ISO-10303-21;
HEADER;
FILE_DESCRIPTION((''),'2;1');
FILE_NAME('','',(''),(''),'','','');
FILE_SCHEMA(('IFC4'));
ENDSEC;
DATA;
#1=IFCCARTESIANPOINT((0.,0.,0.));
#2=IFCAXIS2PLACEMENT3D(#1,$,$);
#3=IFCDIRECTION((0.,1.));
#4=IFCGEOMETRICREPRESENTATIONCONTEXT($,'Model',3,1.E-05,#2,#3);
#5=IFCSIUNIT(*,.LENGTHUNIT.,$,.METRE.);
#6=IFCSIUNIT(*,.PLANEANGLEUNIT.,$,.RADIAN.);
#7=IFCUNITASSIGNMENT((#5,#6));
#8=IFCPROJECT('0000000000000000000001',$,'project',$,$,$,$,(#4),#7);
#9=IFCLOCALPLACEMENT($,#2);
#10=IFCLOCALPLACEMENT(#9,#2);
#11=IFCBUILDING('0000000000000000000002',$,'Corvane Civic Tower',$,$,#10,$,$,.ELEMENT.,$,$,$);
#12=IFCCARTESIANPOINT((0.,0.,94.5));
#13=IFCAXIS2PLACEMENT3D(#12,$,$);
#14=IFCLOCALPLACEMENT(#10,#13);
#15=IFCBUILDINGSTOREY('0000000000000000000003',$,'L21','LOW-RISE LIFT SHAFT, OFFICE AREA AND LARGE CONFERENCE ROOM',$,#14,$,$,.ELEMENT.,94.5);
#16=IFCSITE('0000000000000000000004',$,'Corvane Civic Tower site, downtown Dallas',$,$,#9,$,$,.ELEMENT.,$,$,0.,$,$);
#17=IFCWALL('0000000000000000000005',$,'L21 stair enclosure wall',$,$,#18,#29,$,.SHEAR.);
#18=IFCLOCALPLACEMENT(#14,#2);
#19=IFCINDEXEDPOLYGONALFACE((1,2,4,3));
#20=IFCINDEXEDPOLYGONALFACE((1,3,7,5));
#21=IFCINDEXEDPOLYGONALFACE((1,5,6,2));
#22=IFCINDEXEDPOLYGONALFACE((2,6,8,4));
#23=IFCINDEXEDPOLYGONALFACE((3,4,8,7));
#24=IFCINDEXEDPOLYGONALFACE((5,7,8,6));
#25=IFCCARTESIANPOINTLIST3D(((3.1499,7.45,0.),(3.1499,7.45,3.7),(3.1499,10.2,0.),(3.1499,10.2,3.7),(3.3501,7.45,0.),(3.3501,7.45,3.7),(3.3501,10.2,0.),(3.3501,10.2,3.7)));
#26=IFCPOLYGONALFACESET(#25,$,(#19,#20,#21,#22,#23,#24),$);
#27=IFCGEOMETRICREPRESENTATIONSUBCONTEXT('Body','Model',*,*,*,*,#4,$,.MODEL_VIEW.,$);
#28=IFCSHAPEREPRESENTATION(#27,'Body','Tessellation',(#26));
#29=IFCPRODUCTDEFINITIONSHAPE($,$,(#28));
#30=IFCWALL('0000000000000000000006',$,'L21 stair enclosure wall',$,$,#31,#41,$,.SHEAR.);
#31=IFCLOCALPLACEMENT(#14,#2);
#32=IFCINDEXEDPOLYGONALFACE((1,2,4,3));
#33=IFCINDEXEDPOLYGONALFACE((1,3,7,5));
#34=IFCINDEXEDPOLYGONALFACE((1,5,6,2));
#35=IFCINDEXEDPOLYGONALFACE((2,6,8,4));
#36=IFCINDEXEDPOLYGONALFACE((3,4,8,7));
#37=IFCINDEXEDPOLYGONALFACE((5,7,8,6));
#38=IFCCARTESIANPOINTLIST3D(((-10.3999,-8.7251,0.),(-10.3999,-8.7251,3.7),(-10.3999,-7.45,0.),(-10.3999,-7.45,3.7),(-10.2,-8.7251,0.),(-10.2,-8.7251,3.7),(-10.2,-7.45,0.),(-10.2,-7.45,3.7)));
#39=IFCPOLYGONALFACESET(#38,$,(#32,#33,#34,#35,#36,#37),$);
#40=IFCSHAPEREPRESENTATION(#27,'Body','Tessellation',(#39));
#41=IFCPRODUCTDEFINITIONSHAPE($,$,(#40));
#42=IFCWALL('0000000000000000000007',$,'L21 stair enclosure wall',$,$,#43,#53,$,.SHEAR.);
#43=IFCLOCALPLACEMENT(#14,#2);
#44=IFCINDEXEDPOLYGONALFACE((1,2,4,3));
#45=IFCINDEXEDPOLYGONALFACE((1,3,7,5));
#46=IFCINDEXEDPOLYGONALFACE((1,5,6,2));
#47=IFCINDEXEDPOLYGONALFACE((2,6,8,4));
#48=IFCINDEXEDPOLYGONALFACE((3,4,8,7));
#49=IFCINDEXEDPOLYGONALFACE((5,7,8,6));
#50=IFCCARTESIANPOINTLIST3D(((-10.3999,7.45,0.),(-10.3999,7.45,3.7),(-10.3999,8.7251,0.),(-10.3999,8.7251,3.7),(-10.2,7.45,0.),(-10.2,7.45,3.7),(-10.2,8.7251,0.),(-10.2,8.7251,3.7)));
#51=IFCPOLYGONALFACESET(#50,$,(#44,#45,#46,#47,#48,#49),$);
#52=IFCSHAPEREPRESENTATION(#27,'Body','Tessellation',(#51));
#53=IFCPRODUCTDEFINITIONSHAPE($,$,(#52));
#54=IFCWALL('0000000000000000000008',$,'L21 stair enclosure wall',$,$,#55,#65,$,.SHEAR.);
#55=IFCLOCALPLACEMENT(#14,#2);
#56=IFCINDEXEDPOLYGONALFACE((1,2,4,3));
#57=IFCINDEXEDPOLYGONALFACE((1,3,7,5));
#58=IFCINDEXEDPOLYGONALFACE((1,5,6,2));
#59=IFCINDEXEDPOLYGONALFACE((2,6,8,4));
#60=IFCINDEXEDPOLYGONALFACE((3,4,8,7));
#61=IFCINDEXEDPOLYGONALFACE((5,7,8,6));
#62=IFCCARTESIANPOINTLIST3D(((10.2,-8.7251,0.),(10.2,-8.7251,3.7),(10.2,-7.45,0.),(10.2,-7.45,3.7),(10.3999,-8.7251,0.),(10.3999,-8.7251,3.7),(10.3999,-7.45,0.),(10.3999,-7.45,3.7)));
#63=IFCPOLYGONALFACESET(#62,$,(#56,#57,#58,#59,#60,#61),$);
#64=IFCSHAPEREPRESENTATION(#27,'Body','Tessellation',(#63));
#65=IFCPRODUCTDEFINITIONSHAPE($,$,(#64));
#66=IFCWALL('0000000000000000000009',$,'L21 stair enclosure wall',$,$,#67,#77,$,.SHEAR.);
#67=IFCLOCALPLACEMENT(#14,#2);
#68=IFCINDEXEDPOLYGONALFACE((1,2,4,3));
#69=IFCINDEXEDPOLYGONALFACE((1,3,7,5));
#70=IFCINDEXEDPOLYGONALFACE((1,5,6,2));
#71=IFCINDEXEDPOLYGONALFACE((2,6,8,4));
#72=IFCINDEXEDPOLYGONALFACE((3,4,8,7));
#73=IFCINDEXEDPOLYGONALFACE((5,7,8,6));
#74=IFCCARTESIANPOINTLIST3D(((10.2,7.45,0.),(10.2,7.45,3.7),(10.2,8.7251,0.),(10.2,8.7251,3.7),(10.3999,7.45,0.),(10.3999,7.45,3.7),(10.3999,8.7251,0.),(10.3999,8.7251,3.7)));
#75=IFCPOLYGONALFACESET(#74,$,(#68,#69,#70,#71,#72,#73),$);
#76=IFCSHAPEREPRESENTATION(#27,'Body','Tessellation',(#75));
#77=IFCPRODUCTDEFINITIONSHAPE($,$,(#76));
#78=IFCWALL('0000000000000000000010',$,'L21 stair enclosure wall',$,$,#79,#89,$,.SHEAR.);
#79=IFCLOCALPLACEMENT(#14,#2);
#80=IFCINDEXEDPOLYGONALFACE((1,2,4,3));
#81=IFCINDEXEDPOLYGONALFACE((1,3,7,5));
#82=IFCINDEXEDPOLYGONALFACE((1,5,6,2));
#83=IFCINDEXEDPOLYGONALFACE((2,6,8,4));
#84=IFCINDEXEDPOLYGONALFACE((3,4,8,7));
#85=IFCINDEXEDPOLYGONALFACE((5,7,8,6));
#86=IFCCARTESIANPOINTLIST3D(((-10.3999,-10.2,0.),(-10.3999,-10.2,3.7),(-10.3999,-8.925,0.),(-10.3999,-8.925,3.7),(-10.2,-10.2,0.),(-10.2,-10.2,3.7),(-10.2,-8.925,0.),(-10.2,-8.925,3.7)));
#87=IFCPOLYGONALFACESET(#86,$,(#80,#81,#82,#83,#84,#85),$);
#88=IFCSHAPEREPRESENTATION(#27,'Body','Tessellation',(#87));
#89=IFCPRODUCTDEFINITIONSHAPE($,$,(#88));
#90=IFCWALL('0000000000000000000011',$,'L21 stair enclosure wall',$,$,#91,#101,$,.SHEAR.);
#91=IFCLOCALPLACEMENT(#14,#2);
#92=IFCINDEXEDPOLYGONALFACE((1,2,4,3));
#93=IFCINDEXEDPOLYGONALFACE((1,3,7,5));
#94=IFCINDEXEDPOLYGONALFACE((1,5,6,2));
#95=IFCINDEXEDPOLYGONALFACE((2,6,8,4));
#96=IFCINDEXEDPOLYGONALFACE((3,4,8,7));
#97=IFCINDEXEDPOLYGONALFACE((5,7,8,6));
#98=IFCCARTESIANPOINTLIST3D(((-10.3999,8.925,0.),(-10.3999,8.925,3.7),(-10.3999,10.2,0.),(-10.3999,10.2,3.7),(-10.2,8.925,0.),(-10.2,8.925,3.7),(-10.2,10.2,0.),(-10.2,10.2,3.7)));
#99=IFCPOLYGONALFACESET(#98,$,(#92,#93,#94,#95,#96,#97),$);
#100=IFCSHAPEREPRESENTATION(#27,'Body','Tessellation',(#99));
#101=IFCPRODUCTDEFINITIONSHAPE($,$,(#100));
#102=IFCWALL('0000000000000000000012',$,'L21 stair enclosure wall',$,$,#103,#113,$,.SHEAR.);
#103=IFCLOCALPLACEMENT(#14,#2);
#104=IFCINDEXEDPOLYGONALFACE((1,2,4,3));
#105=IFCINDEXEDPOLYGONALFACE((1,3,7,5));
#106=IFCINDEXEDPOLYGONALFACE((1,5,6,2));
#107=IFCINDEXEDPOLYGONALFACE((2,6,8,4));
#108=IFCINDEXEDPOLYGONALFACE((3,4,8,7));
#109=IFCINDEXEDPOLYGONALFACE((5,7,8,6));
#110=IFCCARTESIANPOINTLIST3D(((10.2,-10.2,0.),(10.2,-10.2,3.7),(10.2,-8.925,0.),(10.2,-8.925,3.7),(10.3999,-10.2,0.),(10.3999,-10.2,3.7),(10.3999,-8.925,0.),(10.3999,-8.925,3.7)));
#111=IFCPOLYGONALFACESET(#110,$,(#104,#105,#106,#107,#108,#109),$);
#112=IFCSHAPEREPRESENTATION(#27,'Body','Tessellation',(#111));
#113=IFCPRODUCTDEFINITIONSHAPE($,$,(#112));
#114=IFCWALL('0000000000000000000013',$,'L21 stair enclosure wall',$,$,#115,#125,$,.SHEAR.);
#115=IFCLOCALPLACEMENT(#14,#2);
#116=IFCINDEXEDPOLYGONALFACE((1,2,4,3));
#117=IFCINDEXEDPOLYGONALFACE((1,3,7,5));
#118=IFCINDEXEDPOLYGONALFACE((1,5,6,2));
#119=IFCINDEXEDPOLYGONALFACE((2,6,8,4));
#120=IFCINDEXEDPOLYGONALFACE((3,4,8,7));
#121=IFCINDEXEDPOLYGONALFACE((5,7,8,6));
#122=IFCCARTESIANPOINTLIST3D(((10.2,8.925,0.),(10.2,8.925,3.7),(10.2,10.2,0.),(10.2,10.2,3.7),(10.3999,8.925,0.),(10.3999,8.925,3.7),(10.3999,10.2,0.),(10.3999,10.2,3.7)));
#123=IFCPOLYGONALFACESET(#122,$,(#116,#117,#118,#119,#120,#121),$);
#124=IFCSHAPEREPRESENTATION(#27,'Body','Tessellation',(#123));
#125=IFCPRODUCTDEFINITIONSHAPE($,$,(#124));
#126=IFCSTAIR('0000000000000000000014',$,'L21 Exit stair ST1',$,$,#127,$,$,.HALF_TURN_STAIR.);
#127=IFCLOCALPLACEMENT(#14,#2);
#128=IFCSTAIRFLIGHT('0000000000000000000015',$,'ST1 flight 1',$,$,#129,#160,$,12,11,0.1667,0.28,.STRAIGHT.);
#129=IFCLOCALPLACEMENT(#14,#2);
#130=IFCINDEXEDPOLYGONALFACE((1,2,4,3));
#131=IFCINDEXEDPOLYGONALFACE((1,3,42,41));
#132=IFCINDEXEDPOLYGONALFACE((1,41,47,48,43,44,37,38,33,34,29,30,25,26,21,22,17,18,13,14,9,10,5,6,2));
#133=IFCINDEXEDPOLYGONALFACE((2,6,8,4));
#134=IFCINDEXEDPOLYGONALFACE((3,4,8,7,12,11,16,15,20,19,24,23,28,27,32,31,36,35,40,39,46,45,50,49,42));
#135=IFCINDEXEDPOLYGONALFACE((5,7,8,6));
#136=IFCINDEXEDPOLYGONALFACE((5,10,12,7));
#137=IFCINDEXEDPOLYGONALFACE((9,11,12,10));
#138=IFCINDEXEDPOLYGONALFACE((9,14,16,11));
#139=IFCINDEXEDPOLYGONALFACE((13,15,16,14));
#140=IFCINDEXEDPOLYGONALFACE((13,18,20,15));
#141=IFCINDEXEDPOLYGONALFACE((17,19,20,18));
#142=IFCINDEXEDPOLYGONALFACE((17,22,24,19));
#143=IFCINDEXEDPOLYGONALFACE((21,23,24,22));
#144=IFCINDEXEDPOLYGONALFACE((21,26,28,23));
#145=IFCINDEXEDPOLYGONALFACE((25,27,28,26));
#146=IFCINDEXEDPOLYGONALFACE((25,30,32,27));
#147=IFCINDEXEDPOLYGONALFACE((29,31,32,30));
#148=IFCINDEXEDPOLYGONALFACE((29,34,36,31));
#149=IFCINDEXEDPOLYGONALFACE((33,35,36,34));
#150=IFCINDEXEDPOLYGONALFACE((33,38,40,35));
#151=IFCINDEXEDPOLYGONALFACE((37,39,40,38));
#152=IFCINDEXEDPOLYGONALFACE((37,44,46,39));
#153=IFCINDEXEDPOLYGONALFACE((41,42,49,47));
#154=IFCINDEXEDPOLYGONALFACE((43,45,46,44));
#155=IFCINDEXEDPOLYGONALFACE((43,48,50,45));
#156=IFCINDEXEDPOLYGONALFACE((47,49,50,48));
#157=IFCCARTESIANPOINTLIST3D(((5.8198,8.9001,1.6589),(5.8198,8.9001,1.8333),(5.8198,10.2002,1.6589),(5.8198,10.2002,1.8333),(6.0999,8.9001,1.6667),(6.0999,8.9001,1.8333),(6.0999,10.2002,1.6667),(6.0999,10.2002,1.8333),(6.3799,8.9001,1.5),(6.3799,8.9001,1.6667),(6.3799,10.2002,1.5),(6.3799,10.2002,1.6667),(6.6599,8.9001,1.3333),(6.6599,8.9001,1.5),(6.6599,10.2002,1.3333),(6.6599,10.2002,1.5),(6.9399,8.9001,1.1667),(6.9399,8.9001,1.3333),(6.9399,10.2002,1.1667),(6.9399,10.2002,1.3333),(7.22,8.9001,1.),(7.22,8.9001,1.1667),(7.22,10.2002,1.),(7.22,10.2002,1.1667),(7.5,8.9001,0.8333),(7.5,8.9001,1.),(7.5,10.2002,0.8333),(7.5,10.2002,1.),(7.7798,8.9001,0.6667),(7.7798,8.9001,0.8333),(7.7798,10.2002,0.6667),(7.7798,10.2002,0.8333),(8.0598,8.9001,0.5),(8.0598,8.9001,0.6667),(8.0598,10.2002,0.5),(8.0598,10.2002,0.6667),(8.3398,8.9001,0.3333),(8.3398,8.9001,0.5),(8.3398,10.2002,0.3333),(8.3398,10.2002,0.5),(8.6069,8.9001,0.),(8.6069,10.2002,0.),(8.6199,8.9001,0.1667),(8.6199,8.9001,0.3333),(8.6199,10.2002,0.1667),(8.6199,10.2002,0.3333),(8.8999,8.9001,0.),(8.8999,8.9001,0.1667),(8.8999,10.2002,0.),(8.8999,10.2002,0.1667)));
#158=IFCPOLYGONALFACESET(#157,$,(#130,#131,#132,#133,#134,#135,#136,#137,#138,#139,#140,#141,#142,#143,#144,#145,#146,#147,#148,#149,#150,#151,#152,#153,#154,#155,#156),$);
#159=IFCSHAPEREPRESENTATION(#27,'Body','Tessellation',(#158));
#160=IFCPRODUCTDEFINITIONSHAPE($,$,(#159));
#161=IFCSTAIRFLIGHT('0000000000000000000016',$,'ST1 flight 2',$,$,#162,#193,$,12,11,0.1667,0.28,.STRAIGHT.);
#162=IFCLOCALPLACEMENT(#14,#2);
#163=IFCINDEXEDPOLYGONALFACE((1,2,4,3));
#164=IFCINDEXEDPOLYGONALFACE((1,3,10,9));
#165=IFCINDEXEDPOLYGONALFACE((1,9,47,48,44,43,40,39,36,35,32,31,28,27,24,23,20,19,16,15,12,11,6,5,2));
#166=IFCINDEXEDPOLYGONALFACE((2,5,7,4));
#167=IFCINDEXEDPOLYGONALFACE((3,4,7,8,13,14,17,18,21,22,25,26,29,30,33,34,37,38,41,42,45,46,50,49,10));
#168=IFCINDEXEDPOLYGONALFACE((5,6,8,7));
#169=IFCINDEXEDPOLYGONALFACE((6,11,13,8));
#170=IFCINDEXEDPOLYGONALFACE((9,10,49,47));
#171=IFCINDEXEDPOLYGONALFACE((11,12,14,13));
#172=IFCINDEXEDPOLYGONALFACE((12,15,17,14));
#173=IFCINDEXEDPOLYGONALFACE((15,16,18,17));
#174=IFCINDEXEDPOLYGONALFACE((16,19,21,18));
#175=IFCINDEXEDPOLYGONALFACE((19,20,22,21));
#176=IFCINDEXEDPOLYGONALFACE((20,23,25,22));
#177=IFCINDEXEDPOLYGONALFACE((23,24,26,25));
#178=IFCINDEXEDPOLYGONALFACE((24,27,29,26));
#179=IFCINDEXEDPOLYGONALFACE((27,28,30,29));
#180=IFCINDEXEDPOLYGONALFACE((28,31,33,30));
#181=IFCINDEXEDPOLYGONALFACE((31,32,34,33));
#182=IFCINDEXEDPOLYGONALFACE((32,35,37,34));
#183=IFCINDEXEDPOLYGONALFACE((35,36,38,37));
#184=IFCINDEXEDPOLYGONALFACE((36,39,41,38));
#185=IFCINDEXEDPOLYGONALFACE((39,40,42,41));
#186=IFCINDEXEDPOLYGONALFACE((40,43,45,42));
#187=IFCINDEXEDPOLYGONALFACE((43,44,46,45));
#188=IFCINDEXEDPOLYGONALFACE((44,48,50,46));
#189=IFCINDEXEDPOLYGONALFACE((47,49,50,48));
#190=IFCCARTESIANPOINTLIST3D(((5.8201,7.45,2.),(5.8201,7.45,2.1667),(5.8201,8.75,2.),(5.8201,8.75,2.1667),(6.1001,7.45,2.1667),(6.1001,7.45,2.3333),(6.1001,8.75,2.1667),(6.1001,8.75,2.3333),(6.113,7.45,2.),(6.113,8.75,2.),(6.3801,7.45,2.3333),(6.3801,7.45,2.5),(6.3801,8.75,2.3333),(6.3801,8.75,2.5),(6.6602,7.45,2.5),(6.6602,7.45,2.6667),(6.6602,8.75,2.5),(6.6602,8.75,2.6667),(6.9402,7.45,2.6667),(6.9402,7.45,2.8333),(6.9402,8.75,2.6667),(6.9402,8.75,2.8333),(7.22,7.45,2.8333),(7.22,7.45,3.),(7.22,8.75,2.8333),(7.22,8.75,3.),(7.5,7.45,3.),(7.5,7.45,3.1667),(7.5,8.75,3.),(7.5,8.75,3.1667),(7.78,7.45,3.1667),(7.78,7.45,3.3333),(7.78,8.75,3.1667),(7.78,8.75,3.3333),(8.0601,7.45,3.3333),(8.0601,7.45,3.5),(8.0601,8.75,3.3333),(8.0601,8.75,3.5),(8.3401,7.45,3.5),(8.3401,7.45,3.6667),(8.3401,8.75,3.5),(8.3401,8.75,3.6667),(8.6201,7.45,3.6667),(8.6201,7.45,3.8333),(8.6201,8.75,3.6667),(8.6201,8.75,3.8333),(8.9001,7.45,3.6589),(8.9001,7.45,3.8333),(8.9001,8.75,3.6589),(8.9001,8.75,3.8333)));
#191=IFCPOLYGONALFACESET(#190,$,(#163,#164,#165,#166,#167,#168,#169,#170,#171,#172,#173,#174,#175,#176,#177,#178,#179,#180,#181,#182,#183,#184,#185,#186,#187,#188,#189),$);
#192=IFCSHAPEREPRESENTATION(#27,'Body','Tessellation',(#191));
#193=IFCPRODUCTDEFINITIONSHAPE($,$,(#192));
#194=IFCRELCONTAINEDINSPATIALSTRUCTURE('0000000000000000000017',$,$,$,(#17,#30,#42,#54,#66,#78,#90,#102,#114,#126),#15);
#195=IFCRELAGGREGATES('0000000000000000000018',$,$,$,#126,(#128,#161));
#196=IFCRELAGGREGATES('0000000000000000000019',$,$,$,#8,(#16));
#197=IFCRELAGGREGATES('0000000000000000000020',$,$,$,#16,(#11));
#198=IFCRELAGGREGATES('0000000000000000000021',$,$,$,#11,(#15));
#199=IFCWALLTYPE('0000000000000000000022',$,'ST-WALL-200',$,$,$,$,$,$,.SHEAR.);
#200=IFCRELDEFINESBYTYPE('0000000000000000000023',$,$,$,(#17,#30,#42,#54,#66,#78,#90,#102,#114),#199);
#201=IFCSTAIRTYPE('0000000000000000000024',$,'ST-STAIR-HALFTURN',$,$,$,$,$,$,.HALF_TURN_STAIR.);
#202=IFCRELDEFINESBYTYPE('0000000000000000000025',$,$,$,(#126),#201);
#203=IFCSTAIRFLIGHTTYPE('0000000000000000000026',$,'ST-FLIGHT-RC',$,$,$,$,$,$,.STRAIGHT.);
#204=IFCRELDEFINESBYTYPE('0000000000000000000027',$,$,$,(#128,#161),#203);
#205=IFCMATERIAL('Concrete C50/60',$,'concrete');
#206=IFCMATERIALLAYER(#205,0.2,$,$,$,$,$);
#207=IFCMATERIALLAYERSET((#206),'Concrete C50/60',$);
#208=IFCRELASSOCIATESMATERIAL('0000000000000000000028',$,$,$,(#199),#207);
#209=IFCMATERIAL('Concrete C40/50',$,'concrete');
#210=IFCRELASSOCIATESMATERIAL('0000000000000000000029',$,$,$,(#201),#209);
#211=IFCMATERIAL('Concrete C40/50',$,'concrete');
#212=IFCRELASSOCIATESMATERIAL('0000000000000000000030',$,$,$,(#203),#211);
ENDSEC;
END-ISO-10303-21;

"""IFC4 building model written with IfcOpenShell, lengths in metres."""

from ifc_helpers import new_model, si_unit, direction, frame, origin, place, context, subcontext, project, spatial, polyline, outline, extrude, material, layer, layer_set, type_object, element, aggregate, save


model = new_model("IFC4")

# Units and contexts
model_context = context("Model", 3, precision=1e-05, world=origin(), true_north=direction((0.0, 1.0)))
body_context = subcontext(model_context, "Body", "Model", "MODEL_VIEW")
ifc_project = project(units=[si_unit("LENGTHUNIT", "METRE"), si_unit("PLANEANGLEUNIT", "RADIAN")], contexts=[model_context])

# Site, building, storey
site_placement = place(None, origin())
site = spatial("IfcSite", under=ifc_project, at=site_placement, Name="Corvane Civic Tower site, downtown Dallas", CompositionType="ELEMENT", RefElevation=0.0)
building_placement = place(site_placement, origin())
building = spatial("IfcBuilding", under=site, at=building_placement, Name="Corvane Civic Tower", CompositionType="ELEMENT")
storey_placement = place(building_placement, frame((0.0, 0.0, 94.5)))
storey = spatial("IfcBuildingStorey", under=building, at=storey_placement, Name="L21", Description="LOW-RISE LIFT SHAFT, OFFICE AREA AND LARGE CONFERENCE ROOM", CompositionType="ELEMENT", Elevation=94.5)

# Shared definitions
ifc_material_1 = material(Name="Concrete C50/60", Category="concrete")
ifc_layer_1 = layer(ifc_material_1, 0.2)
ifc_layer_set_1 = layer_set([ifc_layer_1], Name="Concrete C50/60")
wall_type_1 = type_object("IfcWallType", Name="ST-WALL-200", PredefinedType="SHEAR", material=ifc_layer_set_1)

# Walls
wall_1_placement = place(storey_placement, origin())
element("IfcWall", 1, at=wall_1_placement, inside=storey, type_object=wall_type_1, Name="L21 stair enclosure wall", PredefinedType="SHEAR", context=body_context, shape_type="SweptSolid", body=[
    extrude(outline(polyline([(3.3501, 7.45), (3.1499, 7.45), (3.1499, 10.2), (3.3501, 10.2), (3.3501, 7.45)])), origin(), (0.0, 0.0, 1.0), 3.7),
])
wall_2_placement = place(storey_placement, origin())
element("IfcWall", 2, at=wall_2_placement, inside=storey, type_object=wall_type_1, Name="L21 stair enclosure wall", PredefinedType="SHEAR", context=body_context, shape_type="SweptSolid", body=[
    extrude(outline(polyline([(-10.2, -7.45), (-10.2, -8.7251), (-10.3999, -8.7251), (-10.3999, -7.45), (-10.2, -7.45)])), origin(), (0.0, 0.0, 1.0), 3.7),
])
wall_3_placement = place(storey_placement, origin())
element("IfcWall", 3, at=wall_3_placement, inside=storey, type_object=wall_type_1, Name="L21 stair enclosure wall", PredefinedType="SHEAR", context=body_context, shape_type="SweptSolid", body=[
    extrude(outline(polyline([(-10.2, 8.7251), (-10.2, 7.45), (-10.3999, 7.45), (-10.3999, 8.7251), (-10.2, 8.7251)])), origin(), (0.0, 0.0, 1.0), 3.7),
])
wall_4_placement = place(storey_placement, origin())
element("IfcWall", 4, at=wall_4_placement, inside=storey, type_object=wall_type_1, Name="L21 stair enclosure wall", PredefinedType="SHEAR", context=body_context, shape_type="SweptSolid", body=[
    extrude(outline(polyline([(10.3999, -7.45), (10.3999, -8.7251), (10.2, -8.7251), (10.2, -7.45), (10.3999, -7.45)])), origin(), (0.0, 0.0, 1.0), 3.7),
])
wall_5_placement = place(storey_placement, origin())
element("IfcWall", 5, at=wall_5_placement, inside=storey, type_object=wall_type_1, Name="L21 stair enclosure wall", PredefinedType="SHEAR", context=body_context, shape_type="SweptSolid", body=[
    extrude(outline(polyline([(10.3999, 8.7251), (10.3999, 7.45), (10.2, 7.45), (10.2, 8.7251), (10.3999, 8.7251)])), origin(), (0.0, 0.0, 1.0), 3.7),
])
wall_6_placement = place(storey_placement, origin())
element("IfcWall", 6, at=wall_6_placement, inside=storey, type_object=wall_type_1, Name="L21 stair enclosure wall", PredefinedType="SHEAR", context=body_context, shape_type="SweptSolid", body=[
    extrude(outline(polyline([(-10.2, -8.925), (-10.2, -10.2), (-10.3999, -10.2), (-10.3999, -8.925), (-10.2, -8.925)])), origin(), (0.0, 0.0, 1.0), 3.7),
])
wall_7_placement = place(storey_placement, origin())
element("IfcWall", 7, at=wall_7_placement, inside=storey, type_object=wall_type_1, Name="L21 stair enclosure wall", PredefinedType="SHEAR", context=body_context, shape_type="SweptSolid", body=[
    extrude(outline(polyline([(-10.2, 8.925), (-10.3999, 8.925), (-10.3999, 10.2), (-10.2, 10.2), (-10.2, 8.925)])), origin(), (0.0, 0.0, 1.0), 3.7),
])
wall_8_placement = place(storey_placement, origin())
element("IfcWall", 8, at=wall_8_placement, inside=storey, type_object=wall_type_1, Name="L21 stair enclosure wall", PredefinedType="SHEAR", context=body_context, shape_type="SweptSolid", body=[
    extrude(outline(polyline([(10.3999, -8.925), (10.3999, -10.2), (10.2, -10.2), (10.2, -8.925), (10.3999, -8.925)])), origin(), (0.0, 0.0, 1.0), 3.7),
])
wall_9_placement = place(storey_placement, origin())
element("IfcWall", 9, at=wall_9_placement, inside=storey, type_object=wall_type_1, Name="L21 stair enclosure wall", PredefinedType="SHEAR", context=body_context, shape_type="SweptSolid", body=[
    extrude(outline(polyline([(10.3999, 8.925), (10.2, 8.925), (10.2, 10.2), (10.3999, 10.2), (10.3999, 8.925)])), origin(), (0.0, 0.0, 1.0), 3.7),
])

# Stair, stair flights
ifc_material_2 = material(Name="Concrete C40/50", Category="concrete")
stair_type = type_object("IfcStairType", Name="ST-STAIR-HALFTURN", PredefinedType="HALF_TURN_STAIR", material=ifc_material_2)
stair_placement = place(storey_placement, origin())
stair = element("IfcStair", 10, at=stair_placement, inside=storey, type_object=stair_type, Name="L21 Exit stair ST1", PredefinedType="HALF_TURN_STAIR")
ifc_material_3 = material(Name="Concrete C40/50", Category="concrete")
stair_flight_type = type_object("IfcStairFlightType", Name="ST-FLIGHT-RC", PredefinedType="STRAIGHT", material=ifc_material_3)
stair_flight_1_placement = place(storey_placement, frame((8.8999, 9.55, 0.0), z_axis=(0.0, 0.0, 1.0), x_axis=(-1.0, 0.0, 0.0)))
stair_flight_1 = element("IfcStairFlight", 11, at=stair_flight_1_placement, type_object=stair_flight_type, Name="ST1 flight 1", NumberOfRisers=12, NumberOfTreads=11, PredefinedType="STRAIGHT", RiserHeight=0.1667, TreadLength=0.28, context=body_context, shape_type="SweptSolid", body=[
    extrude(outline(polyline([(0.0, 0.0), (0.0, 0.1667), (0.28, 0.1667), (0.28, 0.3333), (0.5601, 0.3333), (0.5601, 0.5), (0.8401, 0.5), (0.8401, 0.6667), (1.1201, 0.6667), (1.1201, 0.8333), (1.3999, 0.8333), (1.3999, 1.0), (1.6799, 1.0), (1.6799, 1.1667), (1.96, 1.1667), (1.96, 1.3333), (2.24, 1.3333), (2.24, 1.5), (2.52, 1.5), (2.52, 1.6667), (2.8, 1.6667), (2.8, 1.8333), (3.0801, 1.8333), (3.0801, 2.0), (3.0801, 1.6589), (0.293, 0.0), (0.0, 0.0)])), frame((0.0, 0.6499, 0.0), z_axis=(0.0, -1.0, 0.0), x_axis=(1.0, 0.0, 0.0)), (0.0, 0.0, 1.0), 1.3),
])
stair_flight_2_placement = place(storey_placement, frame((5.8201, 8.1001, 2.0), z_axis=(0.0, 0.0, 1.0), x_axis=(1.0, 0.0, 0.0)))
stair_flight_2 = element("IfcStairFlight", 12, at=stair_flight_2_placement, type_object=stair_flight_type, Name="ST1 flight 2", NumberOfRisers=12, NumberOfTreads=11, PredefinedType="STRAIGHT", RiserHeight=0.1667, TreadLength=0.28, context=body_context, shape_type="SweptSolid", body=[
    extrude(outline(polyline([(0.0, 0.0), (0.0, 0.1667), (0.28, 0.1667), (0.28, 0.3333), (0.5601, 0.3333), (0.5601, 0.5), (0.8401, 0.5), (0.8401, 0.6667), (1.1201, 0.6667), (1.1201, 0.8333), (1.3999, 0.8333), (1.3999, 1.0), (1.6799, 1.0), (1.6799, 1.1667), (1.96, 1.1667), (1.96, 1.3333), (2.24, 1.3333), (2.24, 1.5), (2.52, 1.5), (2.52, 1.6667), (2.8, 1.6667), (2.8, 1.8333), (3.0801, 1.8333), (3.0801, 2.0), (3.0801, 1.6589), (0.293, 0.0), (0.0, 0.0)])), frame((0.0, 0.6499, 0.0), z_axis=(0.0, -1.0, 0.0), x_axis=(1.0, 0.0, 0.0)), (0.0, 0.0, 1.0), 1.3),
])
aggregate(stair, [stair_flight_1, stair_flight_2])

save(model, "model.ifc")
